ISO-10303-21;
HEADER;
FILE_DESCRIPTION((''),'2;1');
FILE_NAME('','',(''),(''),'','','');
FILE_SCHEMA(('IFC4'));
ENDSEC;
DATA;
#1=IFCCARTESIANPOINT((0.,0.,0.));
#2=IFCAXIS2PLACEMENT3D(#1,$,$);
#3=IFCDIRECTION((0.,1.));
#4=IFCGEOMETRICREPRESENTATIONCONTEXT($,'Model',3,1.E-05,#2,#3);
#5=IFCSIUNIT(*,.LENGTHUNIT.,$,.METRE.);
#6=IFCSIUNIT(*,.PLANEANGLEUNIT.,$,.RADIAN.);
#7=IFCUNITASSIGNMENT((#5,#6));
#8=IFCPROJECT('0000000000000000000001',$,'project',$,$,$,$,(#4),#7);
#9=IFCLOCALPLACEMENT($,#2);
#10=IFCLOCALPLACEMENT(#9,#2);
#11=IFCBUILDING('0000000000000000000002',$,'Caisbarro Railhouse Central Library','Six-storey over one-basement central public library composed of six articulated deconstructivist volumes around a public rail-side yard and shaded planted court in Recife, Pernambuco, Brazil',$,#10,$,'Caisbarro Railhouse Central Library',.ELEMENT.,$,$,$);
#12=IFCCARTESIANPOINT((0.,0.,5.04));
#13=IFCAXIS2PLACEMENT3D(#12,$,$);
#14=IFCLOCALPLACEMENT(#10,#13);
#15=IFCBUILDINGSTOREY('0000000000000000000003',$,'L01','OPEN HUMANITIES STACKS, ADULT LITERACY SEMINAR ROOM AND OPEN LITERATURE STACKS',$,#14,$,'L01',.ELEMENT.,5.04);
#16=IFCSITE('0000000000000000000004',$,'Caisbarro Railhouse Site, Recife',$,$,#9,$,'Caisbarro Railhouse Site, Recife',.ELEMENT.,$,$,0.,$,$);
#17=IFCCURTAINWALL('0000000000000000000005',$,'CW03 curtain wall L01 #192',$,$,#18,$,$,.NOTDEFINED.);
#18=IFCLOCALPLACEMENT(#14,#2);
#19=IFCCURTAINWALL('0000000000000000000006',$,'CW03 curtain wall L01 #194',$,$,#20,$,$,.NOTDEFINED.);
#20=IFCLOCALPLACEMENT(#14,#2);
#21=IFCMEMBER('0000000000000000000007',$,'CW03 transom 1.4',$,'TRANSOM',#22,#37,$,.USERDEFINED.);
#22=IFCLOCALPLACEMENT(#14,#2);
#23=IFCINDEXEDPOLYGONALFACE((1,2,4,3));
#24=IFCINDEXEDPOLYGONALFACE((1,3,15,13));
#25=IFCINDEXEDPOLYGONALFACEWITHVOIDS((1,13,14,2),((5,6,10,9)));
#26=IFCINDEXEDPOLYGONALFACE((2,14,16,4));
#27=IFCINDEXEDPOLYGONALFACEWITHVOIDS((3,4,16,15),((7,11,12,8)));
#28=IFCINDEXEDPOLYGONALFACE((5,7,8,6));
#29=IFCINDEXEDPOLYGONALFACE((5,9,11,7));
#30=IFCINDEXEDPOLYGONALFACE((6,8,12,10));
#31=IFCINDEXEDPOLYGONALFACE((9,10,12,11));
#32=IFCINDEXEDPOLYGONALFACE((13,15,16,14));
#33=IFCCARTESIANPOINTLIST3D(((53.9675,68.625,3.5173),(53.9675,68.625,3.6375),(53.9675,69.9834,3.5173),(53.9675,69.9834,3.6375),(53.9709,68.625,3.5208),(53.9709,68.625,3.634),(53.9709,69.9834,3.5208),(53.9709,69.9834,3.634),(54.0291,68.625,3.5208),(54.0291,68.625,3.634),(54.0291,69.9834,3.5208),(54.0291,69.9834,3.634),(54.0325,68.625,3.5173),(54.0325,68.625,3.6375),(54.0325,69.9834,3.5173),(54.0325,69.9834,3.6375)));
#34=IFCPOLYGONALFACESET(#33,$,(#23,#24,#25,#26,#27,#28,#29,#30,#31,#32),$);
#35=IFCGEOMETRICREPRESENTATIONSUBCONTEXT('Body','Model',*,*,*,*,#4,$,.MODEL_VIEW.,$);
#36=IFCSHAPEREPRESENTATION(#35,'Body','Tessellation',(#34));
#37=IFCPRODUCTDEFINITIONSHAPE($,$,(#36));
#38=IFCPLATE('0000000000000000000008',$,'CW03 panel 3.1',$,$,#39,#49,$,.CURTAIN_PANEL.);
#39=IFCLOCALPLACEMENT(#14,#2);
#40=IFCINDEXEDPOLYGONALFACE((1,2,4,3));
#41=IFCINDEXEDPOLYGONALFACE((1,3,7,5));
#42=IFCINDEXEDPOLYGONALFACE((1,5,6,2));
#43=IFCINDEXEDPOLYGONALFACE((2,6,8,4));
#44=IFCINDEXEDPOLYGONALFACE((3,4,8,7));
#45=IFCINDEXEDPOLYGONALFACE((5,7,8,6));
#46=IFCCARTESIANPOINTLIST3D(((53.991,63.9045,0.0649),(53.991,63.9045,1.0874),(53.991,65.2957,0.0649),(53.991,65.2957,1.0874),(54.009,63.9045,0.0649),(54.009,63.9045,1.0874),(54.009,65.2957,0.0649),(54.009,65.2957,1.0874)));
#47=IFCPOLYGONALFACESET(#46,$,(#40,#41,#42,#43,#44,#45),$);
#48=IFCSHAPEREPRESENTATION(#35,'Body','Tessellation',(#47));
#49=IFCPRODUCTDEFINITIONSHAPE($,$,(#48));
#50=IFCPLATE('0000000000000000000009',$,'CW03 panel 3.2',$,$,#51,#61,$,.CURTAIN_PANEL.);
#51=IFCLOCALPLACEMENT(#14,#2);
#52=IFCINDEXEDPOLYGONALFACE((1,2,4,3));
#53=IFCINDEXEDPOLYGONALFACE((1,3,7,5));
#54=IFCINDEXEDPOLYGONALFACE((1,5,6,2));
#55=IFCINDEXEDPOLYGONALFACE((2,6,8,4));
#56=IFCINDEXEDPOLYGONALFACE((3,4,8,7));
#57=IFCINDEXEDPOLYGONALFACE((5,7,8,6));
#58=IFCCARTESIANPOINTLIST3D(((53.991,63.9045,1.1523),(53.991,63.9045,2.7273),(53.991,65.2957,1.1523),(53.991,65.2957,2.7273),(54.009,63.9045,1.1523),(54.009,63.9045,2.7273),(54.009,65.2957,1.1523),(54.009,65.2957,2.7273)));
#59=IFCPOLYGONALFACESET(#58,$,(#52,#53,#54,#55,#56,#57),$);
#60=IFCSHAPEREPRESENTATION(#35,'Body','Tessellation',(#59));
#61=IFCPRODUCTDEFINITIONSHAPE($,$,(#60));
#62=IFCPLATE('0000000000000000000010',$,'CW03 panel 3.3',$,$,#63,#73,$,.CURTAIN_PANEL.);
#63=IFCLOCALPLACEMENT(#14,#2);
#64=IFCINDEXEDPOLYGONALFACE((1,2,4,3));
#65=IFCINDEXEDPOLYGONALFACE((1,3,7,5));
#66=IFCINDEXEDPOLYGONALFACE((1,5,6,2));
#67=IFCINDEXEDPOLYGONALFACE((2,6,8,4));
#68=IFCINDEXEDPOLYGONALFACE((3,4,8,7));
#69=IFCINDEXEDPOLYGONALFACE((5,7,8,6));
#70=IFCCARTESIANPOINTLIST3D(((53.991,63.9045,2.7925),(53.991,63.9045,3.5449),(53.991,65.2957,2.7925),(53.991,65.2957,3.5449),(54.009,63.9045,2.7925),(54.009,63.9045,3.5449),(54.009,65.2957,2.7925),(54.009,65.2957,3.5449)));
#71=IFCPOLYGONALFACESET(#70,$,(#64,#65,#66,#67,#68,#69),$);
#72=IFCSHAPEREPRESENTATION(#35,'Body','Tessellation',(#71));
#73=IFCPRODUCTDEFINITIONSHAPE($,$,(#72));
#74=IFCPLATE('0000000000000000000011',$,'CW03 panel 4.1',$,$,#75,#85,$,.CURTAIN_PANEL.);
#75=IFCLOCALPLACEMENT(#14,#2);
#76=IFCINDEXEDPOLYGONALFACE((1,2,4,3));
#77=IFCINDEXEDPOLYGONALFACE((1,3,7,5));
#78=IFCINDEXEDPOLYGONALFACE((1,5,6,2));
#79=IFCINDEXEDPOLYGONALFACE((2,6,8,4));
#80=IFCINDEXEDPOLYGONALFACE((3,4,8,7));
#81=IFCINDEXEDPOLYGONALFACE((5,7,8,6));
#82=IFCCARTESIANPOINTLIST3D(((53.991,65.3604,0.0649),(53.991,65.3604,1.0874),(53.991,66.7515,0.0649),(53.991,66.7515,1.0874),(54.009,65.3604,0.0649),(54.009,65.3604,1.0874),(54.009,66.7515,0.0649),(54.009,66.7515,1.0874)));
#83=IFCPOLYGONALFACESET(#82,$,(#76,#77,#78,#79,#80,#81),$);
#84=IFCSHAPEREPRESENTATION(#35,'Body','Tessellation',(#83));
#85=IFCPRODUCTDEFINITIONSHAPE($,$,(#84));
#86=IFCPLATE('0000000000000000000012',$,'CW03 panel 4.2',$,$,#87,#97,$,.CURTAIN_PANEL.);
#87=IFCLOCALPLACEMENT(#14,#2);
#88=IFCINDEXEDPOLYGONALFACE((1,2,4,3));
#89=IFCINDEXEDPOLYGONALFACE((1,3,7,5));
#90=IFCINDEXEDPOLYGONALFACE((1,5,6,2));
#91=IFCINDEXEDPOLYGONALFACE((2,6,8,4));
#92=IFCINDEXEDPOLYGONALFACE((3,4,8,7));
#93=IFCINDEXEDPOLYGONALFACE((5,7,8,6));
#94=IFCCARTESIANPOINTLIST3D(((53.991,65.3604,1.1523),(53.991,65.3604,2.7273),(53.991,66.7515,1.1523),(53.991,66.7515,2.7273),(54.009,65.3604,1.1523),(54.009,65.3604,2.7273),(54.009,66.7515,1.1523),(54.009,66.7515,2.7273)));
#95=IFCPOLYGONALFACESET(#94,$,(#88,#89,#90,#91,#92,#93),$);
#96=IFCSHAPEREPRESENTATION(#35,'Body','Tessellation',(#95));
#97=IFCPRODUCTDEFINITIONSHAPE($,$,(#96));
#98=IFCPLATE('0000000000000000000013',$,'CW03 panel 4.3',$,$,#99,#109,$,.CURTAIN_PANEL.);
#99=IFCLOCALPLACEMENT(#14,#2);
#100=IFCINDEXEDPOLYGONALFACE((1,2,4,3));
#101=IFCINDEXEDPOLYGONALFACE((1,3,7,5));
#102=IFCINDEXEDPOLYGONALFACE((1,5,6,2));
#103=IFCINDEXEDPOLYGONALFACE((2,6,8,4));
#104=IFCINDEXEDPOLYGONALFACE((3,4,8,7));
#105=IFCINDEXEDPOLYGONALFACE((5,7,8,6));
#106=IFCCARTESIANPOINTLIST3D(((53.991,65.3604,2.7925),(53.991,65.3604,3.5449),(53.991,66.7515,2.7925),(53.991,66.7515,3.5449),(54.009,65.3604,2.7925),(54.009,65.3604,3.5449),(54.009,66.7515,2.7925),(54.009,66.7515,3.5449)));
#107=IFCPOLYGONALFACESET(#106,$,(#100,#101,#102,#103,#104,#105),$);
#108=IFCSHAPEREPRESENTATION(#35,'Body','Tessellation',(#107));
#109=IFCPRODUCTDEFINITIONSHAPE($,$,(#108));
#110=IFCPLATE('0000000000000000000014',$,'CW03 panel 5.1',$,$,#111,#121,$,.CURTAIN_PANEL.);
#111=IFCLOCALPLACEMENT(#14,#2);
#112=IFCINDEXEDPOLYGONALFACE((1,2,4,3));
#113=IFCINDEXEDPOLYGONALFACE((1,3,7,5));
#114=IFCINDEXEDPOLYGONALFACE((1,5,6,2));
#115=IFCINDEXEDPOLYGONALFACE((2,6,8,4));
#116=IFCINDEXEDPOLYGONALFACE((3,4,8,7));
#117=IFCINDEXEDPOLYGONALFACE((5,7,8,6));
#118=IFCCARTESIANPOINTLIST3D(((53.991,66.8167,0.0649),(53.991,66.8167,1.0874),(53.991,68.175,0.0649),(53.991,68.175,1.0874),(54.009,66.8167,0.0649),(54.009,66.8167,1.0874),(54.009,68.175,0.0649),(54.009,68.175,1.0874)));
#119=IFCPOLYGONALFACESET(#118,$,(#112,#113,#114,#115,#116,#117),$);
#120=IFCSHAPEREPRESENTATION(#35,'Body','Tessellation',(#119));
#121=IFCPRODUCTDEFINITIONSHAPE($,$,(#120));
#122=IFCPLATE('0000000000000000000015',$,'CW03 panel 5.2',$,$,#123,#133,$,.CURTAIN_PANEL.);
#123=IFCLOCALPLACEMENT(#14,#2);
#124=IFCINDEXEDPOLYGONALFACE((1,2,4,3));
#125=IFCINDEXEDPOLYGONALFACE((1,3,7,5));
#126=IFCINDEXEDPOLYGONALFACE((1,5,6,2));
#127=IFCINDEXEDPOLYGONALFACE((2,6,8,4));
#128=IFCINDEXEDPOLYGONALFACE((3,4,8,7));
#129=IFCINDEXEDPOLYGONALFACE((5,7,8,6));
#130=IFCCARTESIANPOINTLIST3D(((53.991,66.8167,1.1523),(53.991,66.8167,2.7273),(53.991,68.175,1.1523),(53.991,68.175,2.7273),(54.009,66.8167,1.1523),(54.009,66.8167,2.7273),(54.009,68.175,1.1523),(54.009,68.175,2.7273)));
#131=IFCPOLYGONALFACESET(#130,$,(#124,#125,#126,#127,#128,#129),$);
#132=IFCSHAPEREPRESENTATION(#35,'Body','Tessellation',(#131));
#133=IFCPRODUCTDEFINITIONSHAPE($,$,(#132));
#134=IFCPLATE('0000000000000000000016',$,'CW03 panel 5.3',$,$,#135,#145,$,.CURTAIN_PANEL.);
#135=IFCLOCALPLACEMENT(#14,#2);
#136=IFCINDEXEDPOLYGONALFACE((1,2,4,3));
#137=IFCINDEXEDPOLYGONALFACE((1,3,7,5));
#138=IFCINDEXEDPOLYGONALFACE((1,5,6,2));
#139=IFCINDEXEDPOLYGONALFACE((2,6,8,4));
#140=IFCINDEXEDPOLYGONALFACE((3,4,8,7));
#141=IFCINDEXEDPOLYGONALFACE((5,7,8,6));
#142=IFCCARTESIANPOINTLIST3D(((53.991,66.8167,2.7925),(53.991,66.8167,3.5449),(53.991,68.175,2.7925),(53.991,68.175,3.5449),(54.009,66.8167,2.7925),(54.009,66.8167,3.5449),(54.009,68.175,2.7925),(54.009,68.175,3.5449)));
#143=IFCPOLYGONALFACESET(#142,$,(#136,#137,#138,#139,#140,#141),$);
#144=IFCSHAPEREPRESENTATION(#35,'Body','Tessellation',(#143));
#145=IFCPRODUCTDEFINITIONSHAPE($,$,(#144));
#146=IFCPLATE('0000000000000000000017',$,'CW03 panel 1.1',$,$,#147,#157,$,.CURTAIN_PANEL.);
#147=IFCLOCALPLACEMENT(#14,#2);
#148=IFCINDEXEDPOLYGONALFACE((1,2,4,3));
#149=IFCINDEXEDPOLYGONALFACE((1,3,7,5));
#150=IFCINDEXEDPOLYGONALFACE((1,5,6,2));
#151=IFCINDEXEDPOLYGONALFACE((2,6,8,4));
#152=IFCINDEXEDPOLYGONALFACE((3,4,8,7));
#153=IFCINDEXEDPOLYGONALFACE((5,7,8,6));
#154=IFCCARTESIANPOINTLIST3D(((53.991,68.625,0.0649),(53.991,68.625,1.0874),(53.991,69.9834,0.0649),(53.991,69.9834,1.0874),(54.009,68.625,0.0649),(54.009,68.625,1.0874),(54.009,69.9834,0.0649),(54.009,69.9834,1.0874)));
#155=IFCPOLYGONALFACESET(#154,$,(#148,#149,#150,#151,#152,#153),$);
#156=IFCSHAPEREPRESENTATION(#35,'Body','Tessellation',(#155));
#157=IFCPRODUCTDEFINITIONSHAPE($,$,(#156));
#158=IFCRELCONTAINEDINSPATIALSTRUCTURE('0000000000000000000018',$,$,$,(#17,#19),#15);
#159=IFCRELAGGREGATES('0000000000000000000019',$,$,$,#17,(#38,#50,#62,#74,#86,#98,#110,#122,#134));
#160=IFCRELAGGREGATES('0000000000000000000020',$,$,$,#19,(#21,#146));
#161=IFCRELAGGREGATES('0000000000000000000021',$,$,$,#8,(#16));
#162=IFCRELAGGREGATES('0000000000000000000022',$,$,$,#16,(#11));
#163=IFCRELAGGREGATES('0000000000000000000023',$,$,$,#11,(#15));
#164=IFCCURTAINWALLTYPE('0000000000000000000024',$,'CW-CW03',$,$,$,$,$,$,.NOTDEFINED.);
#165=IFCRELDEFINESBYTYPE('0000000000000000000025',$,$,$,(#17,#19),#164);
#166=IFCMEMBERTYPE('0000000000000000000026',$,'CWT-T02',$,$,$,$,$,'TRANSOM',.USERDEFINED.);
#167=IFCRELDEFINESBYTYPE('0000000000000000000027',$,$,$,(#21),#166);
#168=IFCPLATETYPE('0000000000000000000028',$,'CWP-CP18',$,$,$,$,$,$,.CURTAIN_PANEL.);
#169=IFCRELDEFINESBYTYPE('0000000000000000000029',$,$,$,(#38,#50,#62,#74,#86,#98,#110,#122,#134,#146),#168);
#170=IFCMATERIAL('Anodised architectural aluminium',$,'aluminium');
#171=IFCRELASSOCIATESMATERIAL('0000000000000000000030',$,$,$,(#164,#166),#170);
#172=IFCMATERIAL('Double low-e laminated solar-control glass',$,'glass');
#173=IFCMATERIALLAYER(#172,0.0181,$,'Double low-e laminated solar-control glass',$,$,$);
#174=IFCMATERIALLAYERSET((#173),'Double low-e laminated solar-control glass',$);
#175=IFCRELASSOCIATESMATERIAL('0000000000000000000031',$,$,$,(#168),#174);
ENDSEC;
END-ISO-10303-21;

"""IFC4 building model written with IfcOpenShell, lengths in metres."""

from ifc_helpers import new_model, si_unit, direction, frame, origin, origin_2d, place, context, subcontext, project, spatial, rectangle, hollow_rectangle, extrude, material, layer, layer_set, material_profile, profile_set, type_object, element, aggregate, save


model = new_model("IFC4")

# Units and contexts
model_context = context("Model", 3, precision=1e-05, world=origin(), true_north=direction((0.0, 1.0)))
body_context = subcontext(model_context, "Body", "Model", "MODEL_VIEW")
ifc_project = project(units=[si_unit("LENGTHUNIT", "METRE"), si_unit("PLANEANGLEUNIT", "RADIAN")], contexts=[model_context])

# Site, building, storey
site_placement = place(None, origin())
site = spatial("IfcSite", under=ifc_project, at=site_placement, Name="Caisbarro Railhouse Site, Recife", LongName="Caisbarro Railhouse Site, Recife", CompositionType="ELEMENT", RefElevation=0.0)
building_placement = place(site_placement, origin())
building = spatial("IfcBuilding", under=site, at=building_placement, Name="Caisbarro Railhouse Central Library", Description="Six-storey over one-basement central public library composed of six articulated deconstructivist volumes around a public rail-side yard and shaded planted court in Recife, Pernambuco, Brazil", LongName="Caisbarro Railhouse Central Library", CompositionType="ELEMENT")
storey_placement = place(building_placement, frame((0.0, 0.0, 5.04)))
storey = spatial("IfcBuildingStorey", under=building, at=storey_placement, Name="L01", Description="OPEN HUMANITIES STACKS, ADULT LITERACY SEMINAR ROOM AND OPEN LITERATURE STACKS", LongName="L01", CompositionType="ELEMENT", Elevation=5.04)

# Curtain wall
ifc_material_1 = material(Name="Anodised architectural aluminium", Category="aluminium")
curtain_wall_type = type_object("IfcCurtainWallType", Name="CW-CW03", PredefinedType="NOTDEFINED", material=ifc_material_1)
curtain_wall_1_placement = place(storey_placement, origin())
curtain_wall_1 = element("IfcCurtainWall", 1, at=curtain_wall_1_placement, inside=storey, type_object=curtain_wall_type, Name="CW03 curtain wall L01 #192", PredefinedType="NOTDEFINED")

# Curtain wall
curtain_wall_2_placement = place(storey_placement, origin())
curtain_wall_2 = element("IfcCurtainWall", 2, at=curtain_wall_2_placement, inside=storey, type_object=curtain_wall_type, Name="CW03 curtain wall L01 #194", PredefinedType="NOTDEFINED")

# Member
ifc_material_profile_1 = material_profile(ifc_material_1, hollow_rectangle(XDim=0.0649, YDim=0.1201, WallThickness=0.0034, at=origin_2d()), Name="ALU-TRN-65X120")
ifc_profile_set_1 = profile_set([ifc_material_profile_1], Name="Anodised architectural aluminium")
member_type_1 = type_object("IfcMemberType", Name="CWT-T02", ElementType="TRANSOM", PredefinedType="USERDEFINED", material=ifc_profile_set_1)
member_1_placement = place(storey_placement, frame((54.0, 68.625, 3.5774), z_axis=(0.0, 1.0, 0.0), x_axis=(-1.0, 0.0, 0.0)))
member_1 = element("IfcMember", 3, at=member_1_placement, type_object=member_type_1, Name="CW03 transom 1.4", ObjectType="TRANSOM", PredefinedType="USERDEFINED", context=body_context, shape_type="SweptSolid", body=[
    extrude(hollow_rectangle(XDim=0.0649, YDim=0.1201, WallThickness=0.0034, at=origin_2d()), origin(), (0.0, 0.0, 1.0), 1.3584),
])

# Plates
ifc_material_2 = material(Name="Double low-e laminated solar-control glass", Category="glass")
ifc_layer = layer(ifc_material_2, 0.0181, Name="Double low-e laminated solar-control glass")
ifc_layer_set = layer_set([ifc_layer], Name="Double low-e laminated solar-control glass")
plate_type = type_object("IfcPlateType", Name="CWP-CP18", PredefinedType="CURTAIN_PANEL", material=ifc_layer_set)
plate_1_placement = place(storey_placement, frame((54.0, 64.6001, 0.0649), z_axis=(0.0, 0.0, 1.0), x_axis=(0.0, 1.0, 0.0)))
plate_1 = element("IfcPlate", 4, at=plate_1_placement, type_object=plate_type, Name="CW03 panel 3.1", PredefinedType="CURTAIN_PANEL", context=body_context, shape_type="SweptSolid", body=[
    extrude(rectangle(XDim=1.3911, YDim=0.0181, at=origin_2d()), origin(), (0.0, 0.0, 1.0), 1.0225),
])
plate_2_placement = place(storey_placement, frame((54.0, 64.6001, 1.1523), z_axis=(0.0, 0.0, 1.0), x_axis=(0.0, 1.0, 0.0)))
plate_2 = element("IfcPlate", 5, at=plate_2_placement, type_object=plate_type, Name="CW03 panel 3.2", PredefinedType="CURTAIN_PANEL", context=body_context, shape_type="SweptSolid", body=[
    extrude(rectangle(XDim=1.3911, YDim=0.0181, at=origin_2d()), origin(), (0.0, 0.0, 1.0), 1.575),
])
plate_3_placement = place(storey_placement, frame((54.0, 64.6001, 2.7925), z_axis=(0.0, 0.0, 1.0), x_axis=(0.0, 1.0, 0.0)))
plate_3 = element("IfcPlate", 6, at=plate_3_placement, type_object=plate_type, Name="CW03 panel 3.3", PredefinedType="CURTAIN_PANEL", context=body_context, shape_type="SweptSolid", body=[
    extrude(rectangle(XDim=1.3911, YDim=0.0181, at=origin_2d()), origin(), (0.0, 0.0, 1.0), 0.7524),
])
plate_4_placement = place(storey_placement, frame((54.0, 66.0559, 0.0649), z_axis=(0.0, 0.0, 1.0), x_axis=(0.0, 1.0, 0.0)))
plate_4 = element("IfcPlate", 7, at=plate_4_placement, type_object=plate_type, Name="CW03 panel 4.1", PredefinedType="CURTAIN_PANEL", context=body_context, shape_type="SweptSolid", body=[
    extrude(rectangle(XDim=1.3911, YDim=0.0181, at=origin_2d()), origin(), (0.0, 0.0, 1.0), 1.0225),
])
plate_5_placement = place(storey_placement, frame((54.0, 66.0559, 1.1523), z_axis=(0.0, 0.0, 1.0), x_axis=(0.0, 1.0, 0.0)))
plate_5 = element("IfcPlate", 8, at=plate_5_placement, type_object=plate_type, Name="CW03 panel 4.2", PredefinedType="CURTAIN_PANEL", context=body_context, shape_type="SweptSolid", body=[
    extrude(rectangle(XDim=1.3911, YDim=0.0181, at=origin_2d()), origin(), (0.0, 0.0, 1.0), 1.575),
])
plate_6_placement = place(storey_placement, frame((54.0, 66.0559, 2.7925), z_axis=(0.0, 0.0, 1.0), x_axis=(0.0, 1.0, 0.0)))
plate_6 = element("IfcPlate", 9, at=plate_6_placement, type_object=plate_type, Name="CW03 panel 4.3", PredefinedType="CURTAIN_PANEL", context=body_context, shape_type="SweptSolid", body=[
    extrude(rectangle(XDim=1.3911, YDim=0.0181, at=origin_2d()), origin(), (0.0, 0.0, 1.0), 0.7524),
])
plate_7_placement = place(storey_placement, frame((54.0, 67.4958, 0.0649), z_axis=(0.0, 0.0, 1.0), x_axis=(0.0, 1.0, 0.0)))
plate_7 = element("IfcPlate", 10, at=plate_7_placement, type_object=plate_type, Name="CW03 panel 5.1", PredefinedType="CURTAIN_PANEL", context=body_context, shape_type="SweptSolid", body=[
    extrude(rectangle(XDim=1.3584, YDim=0.0181, at=origin_2d()), origin(), (0.0, 0.0, 1.0), 1.0225),
])
plate_8_placement = place(storey_placement, frame((54.0, 67.4958, 1.1523), z_axis=(0.0, 0.0, 1.0), x_axis=(0.0, 1.0, 0.0)))
plate_8 = element("IfcPlate", 11, at=plate_8_placement, type_object=plate_type, Name="CW03 panel 5.2", PredefinedType="CURTAIN_PANEL", context=body_context, shape_type="SweptSolid", body=[
    extrude(rectangle(XDim=1.3584, YDim=0.0181, at=origin_2d()), origin(), (0.0, 0.0, 1.0), 1.575),
])
plate_9_placement = place(storey_placement, frame((54.0, 67.4958, 2.7925), z_axis=(0.0, 0.0, 1.0), x_axis=(0.0, 1.0, 0.0)))
plate_9 = element("IfcPlate", 12, at=plate_9_placement, type_object=plate_type, Name="CW03 panel 5.3", PredefinedType="CURTAIN_PANEL", context=body_context, shape_type="SweptSolid", body=[
    extrude(rectangle(XDim=1.3584, YDim=0.0181, at=origin_2d()), origin(), (0.0, 0.0, 1.0), 0.7524),
])
aggregate(curtain_wall_1, [plate_1, plate_2, plate_3, plate_4, plate_5, plate_6, plate_7, plate_8, plate_9])
plate_10_placement = place(storey_placement, frame((54.0, 69.3042, 0.0649), z_axis=(0.0, 0.0, 1.0), x_axis=(0.0, 1.0, 0.0)))
plate_10 = element("IfcPlate", 13, at=plate_10_placement, type_object=plate_type, Name="CW03 panel 1.1", PredefinedType="CURTAIN_PANEL", context=body_context, shape_type="SweptSolid", body=[
    extrude(rectangle(XDim=1.3584, YDim=0.0181, at=origin_2d()), origin(), (0.0, 0.0, 1.0), 1.0225),
])
aggregate(curtain_wall_2, [member_1, plate_10])

save(model, "model.ifc")
